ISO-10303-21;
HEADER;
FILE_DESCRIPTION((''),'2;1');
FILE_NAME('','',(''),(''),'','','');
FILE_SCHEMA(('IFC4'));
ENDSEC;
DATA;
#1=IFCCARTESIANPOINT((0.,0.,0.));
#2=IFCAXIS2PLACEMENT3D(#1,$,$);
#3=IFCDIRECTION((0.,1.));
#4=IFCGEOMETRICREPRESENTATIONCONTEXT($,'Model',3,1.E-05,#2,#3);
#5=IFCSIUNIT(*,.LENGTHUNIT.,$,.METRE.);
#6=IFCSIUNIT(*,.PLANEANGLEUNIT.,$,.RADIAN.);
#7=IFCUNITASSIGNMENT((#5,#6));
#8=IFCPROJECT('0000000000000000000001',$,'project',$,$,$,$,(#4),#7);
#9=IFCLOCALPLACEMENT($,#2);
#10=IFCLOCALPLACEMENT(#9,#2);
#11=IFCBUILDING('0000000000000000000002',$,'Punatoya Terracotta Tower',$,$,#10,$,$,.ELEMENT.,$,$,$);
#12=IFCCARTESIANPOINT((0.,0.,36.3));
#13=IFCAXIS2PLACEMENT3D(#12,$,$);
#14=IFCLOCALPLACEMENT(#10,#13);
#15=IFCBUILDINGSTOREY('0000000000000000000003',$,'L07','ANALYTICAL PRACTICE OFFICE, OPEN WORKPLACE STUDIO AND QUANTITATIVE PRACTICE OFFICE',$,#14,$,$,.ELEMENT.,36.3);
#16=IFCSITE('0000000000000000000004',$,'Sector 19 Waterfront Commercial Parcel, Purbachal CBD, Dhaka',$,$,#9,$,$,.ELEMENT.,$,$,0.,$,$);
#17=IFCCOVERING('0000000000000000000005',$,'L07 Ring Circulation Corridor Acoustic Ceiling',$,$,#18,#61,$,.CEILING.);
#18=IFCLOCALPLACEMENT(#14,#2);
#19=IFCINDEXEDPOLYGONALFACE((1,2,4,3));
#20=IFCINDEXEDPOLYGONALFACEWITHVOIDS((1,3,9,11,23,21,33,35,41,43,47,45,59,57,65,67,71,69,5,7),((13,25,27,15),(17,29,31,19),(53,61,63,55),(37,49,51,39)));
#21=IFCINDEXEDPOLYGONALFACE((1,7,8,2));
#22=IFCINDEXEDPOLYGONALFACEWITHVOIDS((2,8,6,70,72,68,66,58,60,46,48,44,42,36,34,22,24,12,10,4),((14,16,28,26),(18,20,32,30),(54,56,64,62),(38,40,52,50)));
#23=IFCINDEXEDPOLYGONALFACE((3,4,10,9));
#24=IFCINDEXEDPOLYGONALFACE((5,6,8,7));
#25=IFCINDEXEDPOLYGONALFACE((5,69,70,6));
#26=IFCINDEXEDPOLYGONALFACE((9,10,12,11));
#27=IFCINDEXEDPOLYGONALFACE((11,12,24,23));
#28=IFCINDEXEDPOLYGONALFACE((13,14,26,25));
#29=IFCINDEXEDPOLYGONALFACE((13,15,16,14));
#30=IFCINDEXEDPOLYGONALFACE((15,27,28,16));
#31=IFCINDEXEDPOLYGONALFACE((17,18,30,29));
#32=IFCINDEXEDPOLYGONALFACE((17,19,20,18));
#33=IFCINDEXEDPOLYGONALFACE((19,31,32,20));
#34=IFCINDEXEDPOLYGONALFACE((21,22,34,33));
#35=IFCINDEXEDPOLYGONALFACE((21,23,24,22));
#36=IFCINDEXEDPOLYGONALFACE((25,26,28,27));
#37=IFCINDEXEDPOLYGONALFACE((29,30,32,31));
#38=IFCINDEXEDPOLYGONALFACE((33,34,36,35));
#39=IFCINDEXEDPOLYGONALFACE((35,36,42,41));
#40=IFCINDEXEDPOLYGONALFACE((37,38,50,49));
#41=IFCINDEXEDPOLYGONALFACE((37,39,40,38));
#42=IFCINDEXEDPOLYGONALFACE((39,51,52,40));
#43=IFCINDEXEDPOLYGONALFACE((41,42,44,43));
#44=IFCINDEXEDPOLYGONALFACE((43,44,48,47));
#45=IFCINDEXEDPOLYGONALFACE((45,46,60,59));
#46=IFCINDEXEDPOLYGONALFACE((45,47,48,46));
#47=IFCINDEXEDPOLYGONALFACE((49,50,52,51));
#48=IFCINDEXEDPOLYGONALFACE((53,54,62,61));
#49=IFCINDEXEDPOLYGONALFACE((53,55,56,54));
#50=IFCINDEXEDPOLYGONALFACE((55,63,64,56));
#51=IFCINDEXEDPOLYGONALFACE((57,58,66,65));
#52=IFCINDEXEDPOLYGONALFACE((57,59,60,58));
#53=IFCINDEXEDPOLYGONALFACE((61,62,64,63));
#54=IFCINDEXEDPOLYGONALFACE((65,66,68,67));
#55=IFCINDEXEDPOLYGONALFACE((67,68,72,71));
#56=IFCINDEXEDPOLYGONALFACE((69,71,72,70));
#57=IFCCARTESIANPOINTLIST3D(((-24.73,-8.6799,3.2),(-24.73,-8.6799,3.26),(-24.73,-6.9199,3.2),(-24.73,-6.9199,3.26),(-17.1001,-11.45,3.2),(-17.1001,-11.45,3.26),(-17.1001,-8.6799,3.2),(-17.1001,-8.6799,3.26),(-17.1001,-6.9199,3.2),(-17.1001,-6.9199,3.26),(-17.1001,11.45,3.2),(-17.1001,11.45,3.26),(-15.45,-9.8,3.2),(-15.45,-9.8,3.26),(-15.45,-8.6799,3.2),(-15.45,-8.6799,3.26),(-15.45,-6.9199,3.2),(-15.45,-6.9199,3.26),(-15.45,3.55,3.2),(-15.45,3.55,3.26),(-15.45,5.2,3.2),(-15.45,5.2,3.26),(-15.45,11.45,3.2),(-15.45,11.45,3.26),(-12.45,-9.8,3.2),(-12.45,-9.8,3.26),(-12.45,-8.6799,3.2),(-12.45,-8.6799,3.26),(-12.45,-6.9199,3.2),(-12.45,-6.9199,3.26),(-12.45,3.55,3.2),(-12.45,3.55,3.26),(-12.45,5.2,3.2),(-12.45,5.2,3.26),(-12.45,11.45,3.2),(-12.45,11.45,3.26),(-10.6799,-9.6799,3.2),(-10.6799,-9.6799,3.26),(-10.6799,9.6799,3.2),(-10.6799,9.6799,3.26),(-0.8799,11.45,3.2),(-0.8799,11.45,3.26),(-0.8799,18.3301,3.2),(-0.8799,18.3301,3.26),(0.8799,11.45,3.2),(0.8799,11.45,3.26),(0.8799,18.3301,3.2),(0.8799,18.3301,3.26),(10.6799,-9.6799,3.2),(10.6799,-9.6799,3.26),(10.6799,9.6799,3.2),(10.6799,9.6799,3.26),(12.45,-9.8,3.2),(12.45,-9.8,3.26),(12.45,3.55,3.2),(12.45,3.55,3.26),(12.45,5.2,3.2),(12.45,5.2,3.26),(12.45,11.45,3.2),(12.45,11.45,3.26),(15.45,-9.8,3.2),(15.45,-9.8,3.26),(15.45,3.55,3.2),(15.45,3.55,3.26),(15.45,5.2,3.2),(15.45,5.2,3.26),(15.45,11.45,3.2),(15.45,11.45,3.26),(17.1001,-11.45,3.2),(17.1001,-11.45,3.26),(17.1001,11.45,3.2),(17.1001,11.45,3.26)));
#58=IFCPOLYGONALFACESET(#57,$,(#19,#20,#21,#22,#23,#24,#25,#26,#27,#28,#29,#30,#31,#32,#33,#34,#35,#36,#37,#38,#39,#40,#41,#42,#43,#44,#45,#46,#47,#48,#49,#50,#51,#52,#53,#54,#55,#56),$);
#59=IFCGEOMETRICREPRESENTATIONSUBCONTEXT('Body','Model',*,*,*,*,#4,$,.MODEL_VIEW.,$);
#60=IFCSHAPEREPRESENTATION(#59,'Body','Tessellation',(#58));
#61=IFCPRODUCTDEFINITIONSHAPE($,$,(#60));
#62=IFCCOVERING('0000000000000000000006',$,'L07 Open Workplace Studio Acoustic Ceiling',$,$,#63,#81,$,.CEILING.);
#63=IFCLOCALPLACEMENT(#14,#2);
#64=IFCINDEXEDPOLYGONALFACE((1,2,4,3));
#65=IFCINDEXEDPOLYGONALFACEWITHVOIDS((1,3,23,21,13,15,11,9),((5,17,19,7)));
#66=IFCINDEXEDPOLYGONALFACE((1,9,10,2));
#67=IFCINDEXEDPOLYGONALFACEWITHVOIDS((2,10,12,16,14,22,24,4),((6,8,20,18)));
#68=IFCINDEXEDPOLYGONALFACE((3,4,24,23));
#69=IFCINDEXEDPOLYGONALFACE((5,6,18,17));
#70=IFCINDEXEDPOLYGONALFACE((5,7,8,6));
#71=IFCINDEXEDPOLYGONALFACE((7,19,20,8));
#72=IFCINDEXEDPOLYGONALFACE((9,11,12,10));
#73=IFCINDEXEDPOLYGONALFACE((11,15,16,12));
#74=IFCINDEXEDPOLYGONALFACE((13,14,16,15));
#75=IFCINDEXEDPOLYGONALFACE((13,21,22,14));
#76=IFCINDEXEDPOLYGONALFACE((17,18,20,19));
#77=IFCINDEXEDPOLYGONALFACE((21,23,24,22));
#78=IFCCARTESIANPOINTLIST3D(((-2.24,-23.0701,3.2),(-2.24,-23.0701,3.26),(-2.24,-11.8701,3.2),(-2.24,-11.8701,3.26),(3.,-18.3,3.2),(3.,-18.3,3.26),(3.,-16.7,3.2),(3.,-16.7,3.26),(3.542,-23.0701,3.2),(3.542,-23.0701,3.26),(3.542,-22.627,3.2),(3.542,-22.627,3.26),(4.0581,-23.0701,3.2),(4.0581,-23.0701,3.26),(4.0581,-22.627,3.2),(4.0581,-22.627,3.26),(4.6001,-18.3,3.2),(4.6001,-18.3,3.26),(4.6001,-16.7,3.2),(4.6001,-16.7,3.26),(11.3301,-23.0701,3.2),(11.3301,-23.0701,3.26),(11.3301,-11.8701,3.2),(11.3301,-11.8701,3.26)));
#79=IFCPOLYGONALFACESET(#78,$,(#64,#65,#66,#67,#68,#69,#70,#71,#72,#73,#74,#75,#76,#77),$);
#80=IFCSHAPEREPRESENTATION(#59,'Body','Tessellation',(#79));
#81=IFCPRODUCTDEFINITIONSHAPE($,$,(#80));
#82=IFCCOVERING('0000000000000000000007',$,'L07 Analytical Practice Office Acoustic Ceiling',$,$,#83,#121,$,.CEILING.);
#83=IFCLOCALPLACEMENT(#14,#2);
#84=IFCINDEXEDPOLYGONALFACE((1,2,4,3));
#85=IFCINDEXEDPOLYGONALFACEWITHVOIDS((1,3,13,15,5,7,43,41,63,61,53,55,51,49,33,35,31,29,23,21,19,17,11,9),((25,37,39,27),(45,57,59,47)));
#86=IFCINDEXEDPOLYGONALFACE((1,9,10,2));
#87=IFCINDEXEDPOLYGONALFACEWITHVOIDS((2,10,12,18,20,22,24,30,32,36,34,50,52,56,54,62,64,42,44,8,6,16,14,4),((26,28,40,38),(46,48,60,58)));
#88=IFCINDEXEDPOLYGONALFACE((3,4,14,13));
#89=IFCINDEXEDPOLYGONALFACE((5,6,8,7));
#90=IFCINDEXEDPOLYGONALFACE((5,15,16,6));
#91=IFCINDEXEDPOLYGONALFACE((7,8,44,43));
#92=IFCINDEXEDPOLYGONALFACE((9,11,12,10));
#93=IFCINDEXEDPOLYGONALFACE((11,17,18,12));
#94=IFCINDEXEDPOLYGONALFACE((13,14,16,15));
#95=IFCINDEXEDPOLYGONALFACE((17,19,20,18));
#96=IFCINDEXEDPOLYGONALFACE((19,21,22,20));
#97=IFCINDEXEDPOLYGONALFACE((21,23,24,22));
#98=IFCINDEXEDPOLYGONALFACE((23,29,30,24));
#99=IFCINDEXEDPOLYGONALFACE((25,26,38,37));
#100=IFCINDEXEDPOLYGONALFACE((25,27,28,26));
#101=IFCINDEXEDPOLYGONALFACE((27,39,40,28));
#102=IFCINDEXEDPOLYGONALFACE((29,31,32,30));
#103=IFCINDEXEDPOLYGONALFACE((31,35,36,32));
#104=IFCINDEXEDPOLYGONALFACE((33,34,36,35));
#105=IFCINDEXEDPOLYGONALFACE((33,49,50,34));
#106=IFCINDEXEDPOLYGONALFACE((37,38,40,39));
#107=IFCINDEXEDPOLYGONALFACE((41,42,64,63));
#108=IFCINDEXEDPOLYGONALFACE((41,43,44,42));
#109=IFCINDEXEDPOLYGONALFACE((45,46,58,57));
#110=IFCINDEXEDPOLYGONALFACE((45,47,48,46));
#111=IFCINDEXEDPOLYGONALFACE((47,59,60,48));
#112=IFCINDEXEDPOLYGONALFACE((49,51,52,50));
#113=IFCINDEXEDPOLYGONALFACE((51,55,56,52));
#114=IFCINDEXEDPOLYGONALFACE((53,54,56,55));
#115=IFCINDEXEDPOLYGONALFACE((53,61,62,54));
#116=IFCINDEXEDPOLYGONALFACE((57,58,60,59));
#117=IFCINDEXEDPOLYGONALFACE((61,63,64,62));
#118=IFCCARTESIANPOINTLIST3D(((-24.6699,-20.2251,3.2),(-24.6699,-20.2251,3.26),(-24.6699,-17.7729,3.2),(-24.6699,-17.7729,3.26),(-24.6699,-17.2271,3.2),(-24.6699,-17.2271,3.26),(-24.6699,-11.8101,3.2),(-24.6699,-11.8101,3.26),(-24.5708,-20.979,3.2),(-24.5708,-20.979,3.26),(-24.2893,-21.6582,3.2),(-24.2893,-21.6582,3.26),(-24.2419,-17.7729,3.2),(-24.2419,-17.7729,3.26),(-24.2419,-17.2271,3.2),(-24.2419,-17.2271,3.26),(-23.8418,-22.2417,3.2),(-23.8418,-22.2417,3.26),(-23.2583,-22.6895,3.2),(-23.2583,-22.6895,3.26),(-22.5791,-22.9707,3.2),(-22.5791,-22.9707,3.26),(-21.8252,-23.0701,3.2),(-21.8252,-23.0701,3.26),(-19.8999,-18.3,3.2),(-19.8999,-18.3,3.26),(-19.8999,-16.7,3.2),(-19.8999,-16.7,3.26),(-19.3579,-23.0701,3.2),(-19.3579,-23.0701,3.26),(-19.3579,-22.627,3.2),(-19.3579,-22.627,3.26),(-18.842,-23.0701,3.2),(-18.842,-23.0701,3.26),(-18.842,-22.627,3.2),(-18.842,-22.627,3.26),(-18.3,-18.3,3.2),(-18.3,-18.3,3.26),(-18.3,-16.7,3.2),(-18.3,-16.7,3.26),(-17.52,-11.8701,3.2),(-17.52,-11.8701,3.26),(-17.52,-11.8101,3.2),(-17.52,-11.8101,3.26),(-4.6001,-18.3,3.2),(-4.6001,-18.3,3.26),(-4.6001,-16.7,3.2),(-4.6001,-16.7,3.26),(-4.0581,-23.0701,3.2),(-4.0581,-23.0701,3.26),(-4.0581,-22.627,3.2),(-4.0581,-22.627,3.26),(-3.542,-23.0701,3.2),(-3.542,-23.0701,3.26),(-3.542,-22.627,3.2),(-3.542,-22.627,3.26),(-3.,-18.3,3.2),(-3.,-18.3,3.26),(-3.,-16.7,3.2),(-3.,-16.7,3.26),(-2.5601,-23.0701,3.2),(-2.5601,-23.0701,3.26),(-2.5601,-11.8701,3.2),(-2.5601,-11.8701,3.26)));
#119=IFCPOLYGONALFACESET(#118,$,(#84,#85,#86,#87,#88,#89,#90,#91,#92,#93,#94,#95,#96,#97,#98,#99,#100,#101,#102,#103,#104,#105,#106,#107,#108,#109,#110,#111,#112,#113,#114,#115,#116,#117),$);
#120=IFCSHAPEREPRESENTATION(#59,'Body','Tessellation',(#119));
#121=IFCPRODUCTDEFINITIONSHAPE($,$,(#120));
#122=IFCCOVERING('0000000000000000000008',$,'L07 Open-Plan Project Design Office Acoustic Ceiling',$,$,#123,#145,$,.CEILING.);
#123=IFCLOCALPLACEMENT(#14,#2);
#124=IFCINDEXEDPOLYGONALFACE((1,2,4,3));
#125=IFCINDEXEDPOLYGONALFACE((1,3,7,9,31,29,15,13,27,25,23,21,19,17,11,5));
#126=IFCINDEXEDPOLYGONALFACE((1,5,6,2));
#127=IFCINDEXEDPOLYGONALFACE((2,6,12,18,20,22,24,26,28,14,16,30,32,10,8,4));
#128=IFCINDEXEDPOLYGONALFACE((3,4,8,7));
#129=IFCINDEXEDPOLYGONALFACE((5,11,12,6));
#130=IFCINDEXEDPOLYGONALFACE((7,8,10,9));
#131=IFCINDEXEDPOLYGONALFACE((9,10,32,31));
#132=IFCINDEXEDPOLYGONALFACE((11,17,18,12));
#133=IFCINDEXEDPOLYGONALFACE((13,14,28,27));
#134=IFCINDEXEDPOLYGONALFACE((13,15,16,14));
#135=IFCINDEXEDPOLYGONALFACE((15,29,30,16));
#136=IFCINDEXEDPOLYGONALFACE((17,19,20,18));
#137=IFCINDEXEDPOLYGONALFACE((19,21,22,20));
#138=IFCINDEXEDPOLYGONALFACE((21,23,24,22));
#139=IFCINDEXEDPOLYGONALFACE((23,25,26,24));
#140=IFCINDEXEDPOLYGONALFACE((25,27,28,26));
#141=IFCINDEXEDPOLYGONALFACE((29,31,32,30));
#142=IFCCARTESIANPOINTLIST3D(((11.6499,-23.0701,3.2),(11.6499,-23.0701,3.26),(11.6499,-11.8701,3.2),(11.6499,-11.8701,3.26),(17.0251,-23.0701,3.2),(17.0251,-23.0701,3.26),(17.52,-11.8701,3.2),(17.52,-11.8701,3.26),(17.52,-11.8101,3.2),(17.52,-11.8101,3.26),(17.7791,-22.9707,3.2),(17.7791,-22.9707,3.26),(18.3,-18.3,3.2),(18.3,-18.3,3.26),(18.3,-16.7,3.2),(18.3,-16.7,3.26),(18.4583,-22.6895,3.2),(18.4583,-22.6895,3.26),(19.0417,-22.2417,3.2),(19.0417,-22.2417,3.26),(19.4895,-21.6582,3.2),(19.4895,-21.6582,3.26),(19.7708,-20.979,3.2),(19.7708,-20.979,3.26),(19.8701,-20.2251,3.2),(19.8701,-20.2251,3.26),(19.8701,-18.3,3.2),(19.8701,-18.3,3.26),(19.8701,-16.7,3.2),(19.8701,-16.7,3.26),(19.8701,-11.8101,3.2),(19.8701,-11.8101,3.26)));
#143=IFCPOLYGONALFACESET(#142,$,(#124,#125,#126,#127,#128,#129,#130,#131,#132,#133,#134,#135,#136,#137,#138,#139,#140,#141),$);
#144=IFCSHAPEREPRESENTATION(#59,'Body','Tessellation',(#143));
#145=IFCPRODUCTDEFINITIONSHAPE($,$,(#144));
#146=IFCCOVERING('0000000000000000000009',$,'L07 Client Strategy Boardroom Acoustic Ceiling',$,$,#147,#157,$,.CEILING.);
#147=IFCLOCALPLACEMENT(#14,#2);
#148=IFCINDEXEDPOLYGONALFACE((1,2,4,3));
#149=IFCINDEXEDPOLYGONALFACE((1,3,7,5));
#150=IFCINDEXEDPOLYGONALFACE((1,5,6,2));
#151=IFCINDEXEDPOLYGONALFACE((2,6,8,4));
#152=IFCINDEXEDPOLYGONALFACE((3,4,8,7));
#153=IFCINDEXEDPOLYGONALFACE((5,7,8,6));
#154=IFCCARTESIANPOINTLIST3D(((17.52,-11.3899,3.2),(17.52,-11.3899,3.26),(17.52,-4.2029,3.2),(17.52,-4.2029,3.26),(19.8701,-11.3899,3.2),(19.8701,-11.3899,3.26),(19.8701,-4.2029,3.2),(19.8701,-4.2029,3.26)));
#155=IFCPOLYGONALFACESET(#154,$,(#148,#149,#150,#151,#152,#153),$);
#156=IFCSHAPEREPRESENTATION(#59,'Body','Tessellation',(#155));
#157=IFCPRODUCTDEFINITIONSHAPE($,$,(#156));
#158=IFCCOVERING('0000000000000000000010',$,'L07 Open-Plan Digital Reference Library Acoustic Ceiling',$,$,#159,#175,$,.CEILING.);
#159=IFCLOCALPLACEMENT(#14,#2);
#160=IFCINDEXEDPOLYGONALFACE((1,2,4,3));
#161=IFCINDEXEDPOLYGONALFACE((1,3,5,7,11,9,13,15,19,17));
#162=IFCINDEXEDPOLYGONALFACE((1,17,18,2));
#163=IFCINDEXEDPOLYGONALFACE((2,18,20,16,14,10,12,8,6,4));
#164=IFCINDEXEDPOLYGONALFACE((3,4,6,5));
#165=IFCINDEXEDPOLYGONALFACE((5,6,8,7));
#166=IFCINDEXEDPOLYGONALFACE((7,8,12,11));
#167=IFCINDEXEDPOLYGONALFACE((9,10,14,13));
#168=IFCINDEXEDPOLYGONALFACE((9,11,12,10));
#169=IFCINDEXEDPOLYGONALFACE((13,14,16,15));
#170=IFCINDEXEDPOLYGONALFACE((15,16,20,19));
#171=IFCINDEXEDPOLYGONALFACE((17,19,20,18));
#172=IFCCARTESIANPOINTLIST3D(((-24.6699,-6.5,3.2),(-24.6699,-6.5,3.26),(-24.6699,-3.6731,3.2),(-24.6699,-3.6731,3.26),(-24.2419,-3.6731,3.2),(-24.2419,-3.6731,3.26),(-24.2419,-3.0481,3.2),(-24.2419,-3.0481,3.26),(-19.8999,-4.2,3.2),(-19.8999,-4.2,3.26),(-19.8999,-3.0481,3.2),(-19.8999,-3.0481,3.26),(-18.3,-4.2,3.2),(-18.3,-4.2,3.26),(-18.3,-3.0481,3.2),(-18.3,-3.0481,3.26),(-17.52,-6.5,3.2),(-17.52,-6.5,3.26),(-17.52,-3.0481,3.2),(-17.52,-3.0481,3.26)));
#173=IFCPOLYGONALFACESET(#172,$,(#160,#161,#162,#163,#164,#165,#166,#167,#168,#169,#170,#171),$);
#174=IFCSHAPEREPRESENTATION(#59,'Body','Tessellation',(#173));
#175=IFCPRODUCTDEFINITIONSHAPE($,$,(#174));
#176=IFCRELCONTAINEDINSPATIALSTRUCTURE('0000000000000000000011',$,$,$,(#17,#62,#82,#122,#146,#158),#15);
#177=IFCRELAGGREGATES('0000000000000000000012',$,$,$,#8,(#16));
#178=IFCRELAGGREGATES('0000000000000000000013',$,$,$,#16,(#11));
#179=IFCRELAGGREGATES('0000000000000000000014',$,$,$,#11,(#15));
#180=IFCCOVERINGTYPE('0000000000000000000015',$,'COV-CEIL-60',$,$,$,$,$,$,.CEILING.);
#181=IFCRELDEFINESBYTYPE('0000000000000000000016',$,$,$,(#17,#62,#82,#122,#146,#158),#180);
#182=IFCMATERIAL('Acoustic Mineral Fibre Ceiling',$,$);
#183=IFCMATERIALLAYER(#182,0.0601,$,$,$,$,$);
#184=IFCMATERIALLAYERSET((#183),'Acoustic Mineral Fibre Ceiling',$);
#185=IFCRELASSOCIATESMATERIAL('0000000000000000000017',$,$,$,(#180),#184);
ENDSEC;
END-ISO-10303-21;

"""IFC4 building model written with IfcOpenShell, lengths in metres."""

from ifc_helpers import new_model, si_unit, direction, frame, origin, place, context, subcontext, project, spatial, polyline, outline, extrude, material, layer, layer_set, type_object, element, save


model = new_model("IFC4")

# Units and contexts
model_context = context("Model", 3, precision=1e-05, world=origin(), true_north=direction((0.0, 1.0)))
body_context = subcontext(model_context, "Body", "Model", "MODEL_VIEW")
ifc_project = project(units=[si_unit("LENGTHUNIT", "METRE"), si_unit("PLANEANGLEUNIT", "RADIAN")], contexts=[model_context])

# Site, building, storey
site_placement = place(None, origin())
site = spatial("IfcSite", under=ifc_project, at=site_placement, Name="Sector 19 Waterfront Commercial Parcel, Purbachal CBD, Dhaka", CompositionType="ELEMENT", RefElevation=0.0)
building_placement = place(site_placement, origin())
building = spatial("IfcBuilding", under=site, at=building_placement, Name="Punatoya Terracotta Tower", CompositionType="ELEMENT")
storey_placement = place(building_placement, frame((0.0, 0.0, 36.3)))
storey = spatial("IfcBuildingStorey", under=building, at=storey_placement, Name="L07", Description="ANALYTICAL PRACTICE OFFICE, OPEN WORKPLACE STUDIO AND QUANTITATIVE PRACTICE OFFICE", CompositionType="ELEMENT", Elevation=36.3)

# Coverings
ifc_material_1 = material(Name="Acoustic Mineral Fibre Ceiling")
ifc_layer_1 = layer(ifc_material_1, 0.0601)
ifc_layer_set_1 = layer_set([ifc_layer_1], Name="Acoustic Mineral Fibre Ceiling")
covering_type = type_object("IfcCoveringType", Name="COV-CEIL-60", PredefinedType="CEILING", material=ifc_layer_set_1)
covering_1_placement = place(storey_placement, frame((0.0, 0.0, 3.2)))
element("IfcCovering", 1, at=covering_1_placement, inside=storey, type_object=covering_type, Name="L07 Ring Circulation Corridor Acoustic Ceiling", PredefinedType="CEILING", context=body_context, shape_type="SweptSolid", body=[
    extrude(outline(polyline([(-17.1001, -11.45), (17.1001, -11.45), (17.1001, 11.45), (15.45, 11.45), (15.45, 5.2), (12.45, 5.2), (12.45, 11.45), (0.8799, 11.45), (0.8799, 18.3301), (-0.8799, 18.3301), (-0.8799, 11.45), (-12.45, 11.45), (-12.45, 5.2), (-15.45, 5.2), (-15.45, 11.45), (-17.1001, 11.45), (-17.1001, -6.9199), (-24.73, -6.9199), (-24.73, -8.6799), (-17.1001, -8.6799), (-17.1001, -11.45)]), holes=[polyline([(15.45, 3.55), (15.45, -9.8), (12.45, -9.8), (12.45, 3.55), (15.45, 3.55)]), polyline([(10.6799, 9.6799), (10.6799, -9.6799), (-10.6799, -9.6799), (-10.6799, 9.6799), (10.6799, 9.6799)]), polyline([(-15.45, -9.8), (-15.45, -8.6799), (-12.45, -8.6799), (-12.45, -9.8), (-15.45, -9.8)]), polyline([(-12.45, -6.9199), (-15.45, -6.9199), (-15.45, 3.55), (-12.45, 3.55), (-12.45, -6.9199)])]), origin(), (0.0, 0.0, 1.0), 0.0601),
])
covering_2_placement = place(storey_placement, frame((0.0, 0.0, 3.2)))
element("IfcCovering", 2, at=covering_2_placement, inside=storey, type_object=covering_type, Name="L07 Open Workplace Studio Acoustic Ceiling", PredefinedType="CEILING", context=body_context, shape_type="SweptSolid", body=[
    extrude(outline(polyline([(3.542, -22.627), (4.0581, -22.627), (4.0581, -23.0701), (11.3301, -23.0701), (11.3301, -11.8701), (-2.24, -11.8701), (-2.24, -23.0701), (3.542, -23.0701), (3.542, -22.627)]), holes=[polyline([(4.6001, -16.7), (4.6001, -18.3), (3.0, -18.3), (3.0, -16.7), (4.6001, -16.7)])]), origin(), (0.0, 0.0, 1.0), 0.0601),
])
covering_3_placement = place(storey_placement, frame((0.0, 0.0, 3.2)))
element("IfcCovering", 3, at=covering_3_placement, inside=storey, type_object=covering_type, Name="L07 Analytical Practice Office Acoustic Ceiling", PredefinedType="CEILING", context=body_context, shape_type="SweptSolid", body=[
    extrude(outline(polyline([(-18.842, -23.0701), (-4.0581, -23.0701), (-4.0581, -22.627), (-3.542, -22.627), (-3.542, -23.0701), (-2.5601, -23.0701), (-2.5601, -11.8701), (-17.52, -11.8701), (-17.52, -11.8101), (-24.6699, -11.8101), (-24.6699, -17.2271), (-24.2419, -17.2271), (-24.2419, -17.7729), (-24.6699, -17.7729), (-24.6699, -20.2251), (-24.5708, -20.979), (-24.2893, -21.6582), (-23.8418, -22.2417), (-23.2583, -22.6895), (-22.5791, -22.9707), (-21.8252, -23.0701), (-19.3579, -23.0701), (-19.3579, -22.627), (-18.842, -22.627), (-18.842, -23.0701)]), holes=[polyline([(-4.6001, -16.7), (-3.0, -16.7), (-3.0, -18.3), (-4.6001, -18.3), (-4.6001, -16.7)]), polyline([(-19.8999, -18.3), (-19.8999, -16.7), (-18.3, -16.7), (-18.3, -18.3), (-19.8999, -18.3)])]), origin(), (0.0, 0.0, 1.0), 0.0601),
])
covering_4_placement = place(storey_placement, frame((0.0, 0.0, 3.2)))
element("IfcCovering", 4, at=covering_4_placement, inside=storey, type_object=covering_type, Name="L07 Open-Plan Project Design Office Acoustic Ceiling", PredefinedType="CEILING", context=body_context, shape_type="SweptSolid", body=[
    extrude(outline(polyline([(17.52, -11.8701), (11.6499, -11.8701), (11.6499, -23.0701), (17.0251, -23.0701), (17.7791, -22.9707), (18.4583, -22.6895), (19.0417, -22.2417), (19.4895, -21.6582), (19.7708, -20.979), (19.8701, -20.2251), (19.8701, -18.3), (18.3, -18.3), (18.3, -16.7), (19.8701, -16.7), (19.8701, -11.8101), (17.52, -11.8101), (17.52, -11.8701)])), origin(), (0.0, 0.0, 1.0), 0.0601),
])
covering_5_placement = place(storey_placement, frame((0.0, 0.0, 3.2)))
element("IfcCovering", 5, at=covering_5_placement, inside=storey, type_object=covering_type, Name="L07 Client Strategy Boardroom Acoustic Ceiling", PredefinedType="CEILING", context=body_context, shape_type="SweptSolid", body=[
    extrude(outline(polyline([(17.52, -4.2029), (17.52, -11.3899), (19.8701, -11.3899), (19.8701, -4.2029), (17.52, -4.2029)])), origin(), (0.0, 0.0, 1.0), 0.0601),
])
covering_6_placement = place(storey_placement, frame((0.0, 0.0, 3.2)))
element("IfcCovering", 6, at=covering_6_placement, inside=storey, type_object=covering_type, Name="L07 Open-Plan Digital Reference Library Acoustic Ceiling", PredefinedType="CEILING", context=body_context, shape_type="SweptSolid", body=[
    extrude(outline(polyline([(-24.2419, -3.0481), (-24.2419, -3.6731), (-24.6699, -3.6731), (-24.6699, -6.5), (-17.52, -6.5), (-17.52, -3.0481), (-18.3, -3.0481), (-18.3, -4.2), (-19.8999, -4.2), (-19.8999, -3.0481), (-24.2419, -3.0481)])), origin(), (0.0, 0.0, 1.0), 0.0601),
])

save(model, "model.ifc")
